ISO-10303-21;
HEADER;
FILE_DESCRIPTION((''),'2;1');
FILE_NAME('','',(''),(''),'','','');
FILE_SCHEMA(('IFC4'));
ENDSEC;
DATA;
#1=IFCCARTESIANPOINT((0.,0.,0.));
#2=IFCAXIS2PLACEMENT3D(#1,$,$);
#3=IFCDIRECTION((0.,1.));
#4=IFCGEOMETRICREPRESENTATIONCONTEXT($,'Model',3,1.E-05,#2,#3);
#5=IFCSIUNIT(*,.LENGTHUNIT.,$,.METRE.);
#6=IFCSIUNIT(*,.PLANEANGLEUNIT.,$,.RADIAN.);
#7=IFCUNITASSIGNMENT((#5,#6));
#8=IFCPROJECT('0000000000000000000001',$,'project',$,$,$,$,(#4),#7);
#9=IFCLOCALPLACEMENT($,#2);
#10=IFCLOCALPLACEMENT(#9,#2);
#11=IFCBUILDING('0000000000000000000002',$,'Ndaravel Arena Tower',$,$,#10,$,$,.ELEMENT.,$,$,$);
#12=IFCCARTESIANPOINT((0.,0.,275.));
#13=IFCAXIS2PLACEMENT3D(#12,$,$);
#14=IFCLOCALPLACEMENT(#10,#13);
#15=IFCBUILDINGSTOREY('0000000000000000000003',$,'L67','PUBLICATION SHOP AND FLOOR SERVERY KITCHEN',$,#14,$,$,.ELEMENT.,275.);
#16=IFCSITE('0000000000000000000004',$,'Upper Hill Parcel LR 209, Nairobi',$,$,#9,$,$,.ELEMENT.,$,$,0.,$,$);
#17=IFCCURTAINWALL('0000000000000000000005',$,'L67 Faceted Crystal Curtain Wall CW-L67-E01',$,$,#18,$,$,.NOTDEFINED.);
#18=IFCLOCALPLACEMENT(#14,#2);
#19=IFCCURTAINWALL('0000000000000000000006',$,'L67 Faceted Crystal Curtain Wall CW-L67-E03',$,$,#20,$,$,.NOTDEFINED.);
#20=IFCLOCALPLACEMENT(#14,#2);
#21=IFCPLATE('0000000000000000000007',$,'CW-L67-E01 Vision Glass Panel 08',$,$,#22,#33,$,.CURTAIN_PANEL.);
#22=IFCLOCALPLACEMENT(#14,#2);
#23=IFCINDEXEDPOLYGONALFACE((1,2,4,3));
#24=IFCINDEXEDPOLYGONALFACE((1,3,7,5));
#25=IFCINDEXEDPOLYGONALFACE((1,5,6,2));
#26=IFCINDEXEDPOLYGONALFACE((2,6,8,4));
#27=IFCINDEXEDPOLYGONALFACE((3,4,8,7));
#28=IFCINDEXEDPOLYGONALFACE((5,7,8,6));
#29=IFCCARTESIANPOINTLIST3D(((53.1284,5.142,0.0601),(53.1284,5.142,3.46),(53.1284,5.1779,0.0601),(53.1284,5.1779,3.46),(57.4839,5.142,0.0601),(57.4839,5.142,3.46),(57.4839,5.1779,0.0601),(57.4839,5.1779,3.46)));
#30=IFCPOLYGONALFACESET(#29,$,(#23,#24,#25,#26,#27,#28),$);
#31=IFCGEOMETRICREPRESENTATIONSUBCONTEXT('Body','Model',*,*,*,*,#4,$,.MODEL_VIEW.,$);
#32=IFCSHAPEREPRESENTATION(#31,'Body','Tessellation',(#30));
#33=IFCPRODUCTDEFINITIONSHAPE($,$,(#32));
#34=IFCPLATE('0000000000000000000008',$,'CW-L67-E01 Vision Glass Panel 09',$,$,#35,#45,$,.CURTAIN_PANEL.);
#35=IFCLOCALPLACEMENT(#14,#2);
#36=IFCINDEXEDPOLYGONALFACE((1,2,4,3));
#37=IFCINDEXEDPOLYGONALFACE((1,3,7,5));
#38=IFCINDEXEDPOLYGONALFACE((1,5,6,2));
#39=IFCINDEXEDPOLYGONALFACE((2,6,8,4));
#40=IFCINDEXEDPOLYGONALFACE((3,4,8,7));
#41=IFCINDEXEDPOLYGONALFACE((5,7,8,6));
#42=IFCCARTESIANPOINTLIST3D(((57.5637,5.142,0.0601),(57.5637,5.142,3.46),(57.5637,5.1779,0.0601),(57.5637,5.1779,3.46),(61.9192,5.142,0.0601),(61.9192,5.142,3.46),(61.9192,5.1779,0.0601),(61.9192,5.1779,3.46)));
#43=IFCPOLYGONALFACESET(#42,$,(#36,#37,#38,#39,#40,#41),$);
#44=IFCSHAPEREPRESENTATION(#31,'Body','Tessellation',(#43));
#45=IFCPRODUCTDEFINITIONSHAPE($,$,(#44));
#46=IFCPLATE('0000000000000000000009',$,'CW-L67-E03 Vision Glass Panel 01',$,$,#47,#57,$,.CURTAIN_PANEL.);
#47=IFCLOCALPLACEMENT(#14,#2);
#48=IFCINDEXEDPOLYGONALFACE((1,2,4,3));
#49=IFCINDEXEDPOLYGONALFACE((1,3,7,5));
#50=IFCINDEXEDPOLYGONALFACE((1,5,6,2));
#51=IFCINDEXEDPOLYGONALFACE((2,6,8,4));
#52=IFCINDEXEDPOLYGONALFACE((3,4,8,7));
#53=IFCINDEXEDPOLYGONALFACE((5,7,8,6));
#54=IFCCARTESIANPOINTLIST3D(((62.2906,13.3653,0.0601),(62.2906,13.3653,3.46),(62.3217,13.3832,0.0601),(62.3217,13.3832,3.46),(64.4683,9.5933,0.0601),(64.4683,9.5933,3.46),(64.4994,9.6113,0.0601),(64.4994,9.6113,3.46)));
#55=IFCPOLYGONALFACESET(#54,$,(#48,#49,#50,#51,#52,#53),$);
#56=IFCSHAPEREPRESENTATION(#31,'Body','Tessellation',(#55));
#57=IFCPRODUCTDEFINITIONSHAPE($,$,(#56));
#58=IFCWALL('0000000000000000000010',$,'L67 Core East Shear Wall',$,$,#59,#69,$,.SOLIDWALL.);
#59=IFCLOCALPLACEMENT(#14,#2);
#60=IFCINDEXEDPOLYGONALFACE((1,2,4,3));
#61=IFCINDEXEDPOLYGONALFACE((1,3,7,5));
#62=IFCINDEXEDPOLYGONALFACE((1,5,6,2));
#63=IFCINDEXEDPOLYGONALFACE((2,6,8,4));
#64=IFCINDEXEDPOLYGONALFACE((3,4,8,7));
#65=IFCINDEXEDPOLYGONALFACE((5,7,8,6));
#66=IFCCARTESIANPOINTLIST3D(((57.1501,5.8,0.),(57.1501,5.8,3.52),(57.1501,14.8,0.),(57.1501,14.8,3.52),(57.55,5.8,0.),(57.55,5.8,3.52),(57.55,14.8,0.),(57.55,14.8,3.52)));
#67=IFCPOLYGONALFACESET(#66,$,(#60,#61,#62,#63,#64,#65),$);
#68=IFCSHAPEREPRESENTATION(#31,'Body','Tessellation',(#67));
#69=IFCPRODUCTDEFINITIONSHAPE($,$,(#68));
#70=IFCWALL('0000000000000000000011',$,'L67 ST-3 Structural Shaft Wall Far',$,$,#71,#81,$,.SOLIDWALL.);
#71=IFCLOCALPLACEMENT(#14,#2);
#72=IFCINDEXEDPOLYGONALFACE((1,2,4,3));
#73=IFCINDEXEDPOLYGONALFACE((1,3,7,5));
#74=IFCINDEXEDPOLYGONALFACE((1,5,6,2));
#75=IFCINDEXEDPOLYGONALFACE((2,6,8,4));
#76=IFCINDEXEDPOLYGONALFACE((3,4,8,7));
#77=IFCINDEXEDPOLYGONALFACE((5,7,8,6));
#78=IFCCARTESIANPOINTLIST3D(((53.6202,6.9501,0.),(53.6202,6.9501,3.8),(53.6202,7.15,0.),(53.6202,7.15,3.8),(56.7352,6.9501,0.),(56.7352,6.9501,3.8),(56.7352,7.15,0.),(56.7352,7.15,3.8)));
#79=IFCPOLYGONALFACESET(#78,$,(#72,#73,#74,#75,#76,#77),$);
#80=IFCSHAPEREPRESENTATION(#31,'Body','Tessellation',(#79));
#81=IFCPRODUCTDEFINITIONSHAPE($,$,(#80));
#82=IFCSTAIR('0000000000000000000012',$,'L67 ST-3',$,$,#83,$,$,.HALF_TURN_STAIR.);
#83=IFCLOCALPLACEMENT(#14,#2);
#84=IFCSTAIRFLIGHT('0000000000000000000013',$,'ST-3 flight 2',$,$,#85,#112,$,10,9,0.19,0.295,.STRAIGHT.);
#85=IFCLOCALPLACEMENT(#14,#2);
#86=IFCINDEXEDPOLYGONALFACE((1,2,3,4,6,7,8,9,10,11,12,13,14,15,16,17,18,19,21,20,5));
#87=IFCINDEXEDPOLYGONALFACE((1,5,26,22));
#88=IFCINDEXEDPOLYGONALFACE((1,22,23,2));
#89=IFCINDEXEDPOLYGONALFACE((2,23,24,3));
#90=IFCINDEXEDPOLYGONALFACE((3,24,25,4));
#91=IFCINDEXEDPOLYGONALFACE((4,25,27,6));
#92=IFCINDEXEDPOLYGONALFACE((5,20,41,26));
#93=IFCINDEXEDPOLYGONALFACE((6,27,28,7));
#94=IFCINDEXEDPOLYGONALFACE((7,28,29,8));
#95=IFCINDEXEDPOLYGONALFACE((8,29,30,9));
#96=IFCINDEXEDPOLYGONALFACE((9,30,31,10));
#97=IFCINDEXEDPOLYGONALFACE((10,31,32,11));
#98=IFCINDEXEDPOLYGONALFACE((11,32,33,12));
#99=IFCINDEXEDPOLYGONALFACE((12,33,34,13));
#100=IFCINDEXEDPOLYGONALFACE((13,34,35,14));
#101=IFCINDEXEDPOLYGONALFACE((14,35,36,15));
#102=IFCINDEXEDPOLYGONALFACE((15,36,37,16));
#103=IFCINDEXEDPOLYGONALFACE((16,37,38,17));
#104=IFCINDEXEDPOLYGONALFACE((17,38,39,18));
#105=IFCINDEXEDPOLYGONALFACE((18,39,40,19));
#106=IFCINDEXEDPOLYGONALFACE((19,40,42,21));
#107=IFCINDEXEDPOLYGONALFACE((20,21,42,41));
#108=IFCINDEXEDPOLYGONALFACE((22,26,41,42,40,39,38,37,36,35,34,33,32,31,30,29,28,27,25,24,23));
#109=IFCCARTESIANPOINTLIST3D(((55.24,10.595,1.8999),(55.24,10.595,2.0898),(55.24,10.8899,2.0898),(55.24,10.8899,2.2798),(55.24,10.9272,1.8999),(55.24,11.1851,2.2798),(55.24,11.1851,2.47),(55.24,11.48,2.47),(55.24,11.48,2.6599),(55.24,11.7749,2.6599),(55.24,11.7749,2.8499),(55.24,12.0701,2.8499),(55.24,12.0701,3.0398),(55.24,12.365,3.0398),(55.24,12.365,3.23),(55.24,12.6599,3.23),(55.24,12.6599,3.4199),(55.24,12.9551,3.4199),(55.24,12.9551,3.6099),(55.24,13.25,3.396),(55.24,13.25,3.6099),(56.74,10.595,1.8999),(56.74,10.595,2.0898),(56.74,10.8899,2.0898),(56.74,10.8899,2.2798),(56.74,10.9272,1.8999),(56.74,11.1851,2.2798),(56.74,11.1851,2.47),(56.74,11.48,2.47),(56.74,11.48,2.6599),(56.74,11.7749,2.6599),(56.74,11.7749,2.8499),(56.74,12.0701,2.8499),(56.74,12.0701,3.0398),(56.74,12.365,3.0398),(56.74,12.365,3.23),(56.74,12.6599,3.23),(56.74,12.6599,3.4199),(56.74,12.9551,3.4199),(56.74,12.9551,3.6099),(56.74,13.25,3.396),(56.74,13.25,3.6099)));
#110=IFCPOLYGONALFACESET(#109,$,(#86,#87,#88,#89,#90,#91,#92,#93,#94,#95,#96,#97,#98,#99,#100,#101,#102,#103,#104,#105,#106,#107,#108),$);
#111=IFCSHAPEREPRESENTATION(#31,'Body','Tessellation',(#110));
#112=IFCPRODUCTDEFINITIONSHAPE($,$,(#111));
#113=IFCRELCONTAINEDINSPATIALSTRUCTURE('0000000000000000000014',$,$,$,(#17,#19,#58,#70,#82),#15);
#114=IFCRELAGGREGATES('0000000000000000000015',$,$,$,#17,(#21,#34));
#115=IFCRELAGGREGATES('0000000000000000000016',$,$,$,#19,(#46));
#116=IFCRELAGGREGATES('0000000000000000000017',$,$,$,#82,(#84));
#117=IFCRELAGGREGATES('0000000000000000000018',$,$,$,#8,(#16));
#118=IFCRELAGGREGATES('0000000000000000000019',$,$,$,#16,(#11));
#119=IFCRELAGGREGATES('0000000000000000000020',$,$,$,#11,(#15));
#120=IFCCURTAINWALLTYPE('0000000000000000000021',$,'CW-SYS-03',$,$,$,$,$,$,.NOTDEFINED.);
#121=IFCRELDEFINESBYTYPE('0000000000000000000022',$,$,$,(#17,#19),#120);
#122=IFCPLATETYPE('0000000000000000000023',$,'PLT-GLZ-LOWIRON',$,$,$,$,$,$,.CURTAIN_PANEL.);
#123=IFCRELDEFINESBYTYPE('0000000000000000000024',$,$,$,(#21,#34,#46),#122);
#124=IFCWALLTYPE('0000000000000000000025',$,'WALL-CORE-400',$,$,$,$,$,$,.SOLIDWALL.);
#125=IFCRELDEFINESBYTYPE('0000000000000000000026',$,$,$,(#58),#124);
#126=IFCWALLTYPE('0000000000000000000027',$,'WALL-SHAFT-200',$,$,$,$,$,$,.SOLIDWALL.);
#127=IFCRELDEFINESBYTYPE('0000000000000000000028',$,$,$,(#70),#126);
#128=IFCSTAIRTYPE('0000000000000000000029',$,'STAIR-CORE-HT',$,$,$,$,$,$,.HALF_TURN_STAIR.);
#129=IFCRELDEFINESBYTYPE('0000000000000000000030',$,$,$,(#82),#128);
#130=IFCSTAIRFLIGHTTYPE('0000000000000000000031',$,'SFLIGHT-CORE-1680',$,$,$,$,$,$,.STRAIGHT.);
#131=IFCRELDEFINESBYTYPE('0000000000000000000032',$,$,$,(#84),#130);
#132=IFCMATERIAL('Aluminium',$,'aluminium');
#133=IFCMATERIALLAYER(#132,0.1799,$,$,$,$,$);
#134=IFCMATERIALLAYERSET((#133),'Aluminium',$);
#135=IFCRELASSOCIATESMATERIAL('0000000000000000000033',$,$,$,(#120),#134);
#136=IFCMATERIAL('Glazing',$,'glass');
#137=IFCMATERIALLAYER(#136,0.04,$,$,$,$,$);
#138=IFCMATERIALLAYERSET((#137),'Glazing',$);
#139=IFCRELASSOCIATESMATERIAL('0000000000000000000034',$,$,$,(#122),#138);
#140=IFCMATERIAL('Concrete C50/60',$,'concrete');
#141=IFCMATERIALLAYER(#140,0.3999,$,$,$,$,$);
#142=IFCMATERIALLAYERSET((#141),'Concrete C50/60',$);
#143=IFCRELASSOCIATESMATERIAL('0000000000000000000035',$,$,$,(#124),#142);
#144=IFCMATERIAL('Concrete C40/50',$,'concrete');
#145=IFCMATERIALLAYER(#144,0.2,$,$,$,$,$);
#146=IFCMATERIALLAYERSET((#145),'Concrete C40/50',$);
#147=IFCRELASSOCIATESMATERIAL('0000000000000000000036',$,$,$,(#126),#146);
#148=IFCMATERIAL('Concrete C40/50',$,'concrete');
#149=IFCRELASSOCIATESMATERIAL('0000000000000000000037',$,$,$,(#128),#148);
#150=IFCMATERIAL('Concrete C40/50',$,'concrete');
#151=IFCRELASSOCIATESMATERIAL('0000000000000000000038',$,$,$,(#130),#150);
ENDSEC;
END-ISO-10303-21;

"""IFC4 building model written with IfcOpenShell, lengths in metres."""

from ifc_helpers import new_model, si_unit, direction, frame, frame_2d, origin, origin_2d, place, context, subcontext, project, spatial, polyline, rectangle, outline, extrude, material, layer, layer_set, type_object, element, aggregate, save


model = new_model("IFC4")

# Units and contexts
model_context = context("Model", 3, precision=1e-05, world=origin(), true_north=direction((0.0, 1.0)))
body_context = subcontext(model_context, "Body", "Model", "MODEL_VIEW")
ifc_project = project(units=[si_unit("LENGTHUNIT", "METRE"), si_unit("PLANEANGLEUNIT", "RADIAN")], contexts=[model_context])

# Site, building, storey
site_placement = place(None, origin())
site = spatial("IfcSite", under=ifc_project, at=site_placement, Name="Upper Hill Parcel LR 209, Nairobi", CompositionType="ELEMENT", RefElevation=0.0)
building_placement = place(site_placement, origin())
building = spatial("IfcBuilding", under=site, at=building_placement, Name="Ndaravel Arena Tower", CompositionType="ELEMENT")
storey_placement = place(building_placement, frame((0.0, 0.0, 275.0)))
storey = spatial("IfcBuildingStorey", under=building, at=storey_placement, Name="L67", Description="PUBLICATION SHOP AND FLOOR SERVERY KITCHEN", CompositionType="ELEMENT", Elevation=275.0)

# Curtain walls
ifc_material_1 = material(Name="Aluminium", Category="aluminium")
ifc_layer_1 = layer(ifc_material_1, 0.1799)
ifc_layer_set_1 = layer_set([ifc_layer_1], Name="Aluminium")
curtain_wall_type_1 = type_object("IfcCurtainWallType", Name="CW-SYS-03", PredefinedType="NOTDEFINED", material=ifc_layer_set_1)
curtain_wall_1_placement = place(storey_placement, origin())
curtain_wall_1 = element("IfcCurtainWall", 1, at=curtain_wall_1_placement, inside=storey, type_object=curtain_wall_type_1, Name="L67 Faceted Crystal Curtain Wall CW-L67-E01", PredefinedType="NOTDEFINED")
curtain_wall_2_placement = place(storey_placement, origin())
curtain_wall_2 = element("IfcCurtainWall", 2, at=curtain_wall_2_placement, inside=storey, type_object=curtain_wall_type_1, Name="L67 Faceted Crystal Curtain Wall CW-L67-E03", PredefinedType="NOTDEFINED")

# Plates
ifc_material_2 = material(Name="Glazing", Category="glass")
ifc_layer_2 = layer(ifc_material_2, 0.04)
ifc_layer_set_2 = layer_set([ifc_layer_2], Name="Glazing")
plate_type_1 = type_object("IfcPlateType", Name="PLT-GLZ-LOWIRON", PredefinedType="CURTAIN_PANEL", material=ifc_layer_set_2)
plate_1_placement = place(storey_placement, frame((55.3062, 5.1599, 0.0601), z_axis=(0.0, 0.0, 1.0), x_axis=(1.0, 0.0, 0.0)))
plate_1 = element("IfcPlate", 3, at=plate_1_placement, type_object=plate_type_1, Name="CW-L67-E01 Vision Glass Panel 08", PredefinedType="CURTAIN_PANEL", context=body_context, shape_type="SweptSolid", body=[
    extrude(rectangle(XDim=4.3555, YDim=0.0359, at=origin_2d()), origin(), (0.0, 0.0, 1.0), 3.3999),
])
plate_2_placement = place(storey_placement, frame((59.7415, 5.1599, 0.0601), z_axis=(0.0, 0.0, 1.0), x_axis=(1.0, 0.0, 0.0)))
plate_2 = element("IfcPlate", 4, at=plate_2_placement, type_object=plate_type_1, Name="CW-L67-E01 Vision Glass Panel 09", PredefinedType="CURTAIN_PANEL", context=body_context, shape_type="SweptSolid", body=[
    extrude(rectangle(XDim=4.3555, YDim=0.0359, at=origin_2d()), origin(), (0.0, 0.0, 1.0), 3.3999),
])
aggregate(curtain_wall_1, [plate_1, plate_2])
plate_3_placement = place(storey_placement, frame((63.395, 11.4883, 0.0601), z_axis=(0.0, 0.0, 1.0), x_axis=(-0.5, 0.866025, 0.0)))
plate_3 = element("IfcPlate", 5, at=plate_3_placement, type_object=plate_type_1, Name="CW-L67-E03 Vision Glass Panel 01", PredefinedType="CURTAIN_PANEL", context=body_context, shape_type="SweptSolid", body=[
    extrude(rectangle(XDim=4.3555, YDim=0.0359, at=origin_2d()), origin(), (0.0, 0.0, 1.0), 3.3999),
])
aggregate(curtain_wall_2, [plate_3])

# Walls
ifc_material_3 = material(Name="Concrete C50/60", Category="concrete")
ifc_layer_3 = layer(ifc_material_3, 0.3999)
ifc_layer_set_3 = layer_set([ifc_layer_3], Name="Concrete C50/60")
wall_type_1 = type_object("IfcWallType", Name="WALL-CORE-400", PredefinedType="SOLIDWALL", material=ifc_layer_set_3)
wall_1_placement = place(storey_placement, frame((57.3501, 5.8, 0.0), z_axis=(0.0, 0.0, 1.0), x_axis=(0.0, 1.0, 0.0)))
element("IfcWall", 6, at=wall_1_placement, inside=storey, type_object=wall_type_1, Name="L67 Core East Shear Wall", PredefinedType="SOLIDWALL", context=body_context, shape_type="SweptSolid", body=[
    extrude(rectangle(XDim=9.0, YDim=0.3999, at=frame_2d((4.5, 0.0))), origin(), (0.0, 0.0, 1.0), 3.52),
])
ifc_material_4 = material(Name="Concrete C40/50", Category="concrete")
ifc_layer_4 = layer(ifc_material_4, 0.2)
ifc_layer_set_4 = layer_set([ifc_layer_4], Name="Concrete C40/50")
wall_type_2 = type_object("IfcWallType", Name="WALL-SHAFT-200", PredefinedType="SOLIDWALL", material=ifc_layer_set_4)
wall_2_placement = place(storey_placement, frame((53.6201, 7.05, 0.0), z_axis=(0.0, 0.0, 1.0), x_axis=(1.0, 0.0, 0.0)))
element("IfcWall", 7, at=wall_2_placement, inside=storey, type_object=wall_type_2, Name="L67 ST-3 Structural Shaft Wall Far", PredefinedType="SOLIDWALL", context=body_context, shape_type="SweptSolid", body=[
    extrude(rectangle(XDim=3.115, YDim=0.2, at=frame_2d((1.5576, 0.0))), origin(), (0.0, 0.0, 1.0), 3.8),
])

# Stair, stair flight
ifc_material_5 = material(Name="Concrete C40/50", Category="concrete")
stair_type = type_object("IfcStairType", Name="STAIR-CORE-HT", PredefinedType="HALF_TURN_STAIR", material=ifc_material_5)
stair_placement = place(storey_placement, origin())
stair = element("IfcStair", 8, at=stair_placement, inside=storey, type_object=stair_type, Name="L67 ST-3", PredefinedType="HALF_TURN_STAIR")
ifc_material_6 = material(Name="Concrete C40/50", Category="concrete")
stair_flight_type = type_object("IfcStairFlightType", Name="SFLIGHT-CORE-1680", PredefinedType="STRAIGHT", material=ifc_material_6)
stair_flight_placement = place(storey_placement, frame((55.99, 10.595, 1.8999), z_axis=(0.0, 0.0, 1.0), x_axis=(0.0, 1.0, 0.0)))
stair_flight = element("IfcStairFlight", 9, at=stair_flight_placement, type_object=stair_flight_type, Name="ST-3 flight 2", NumberOfRisers=10, NumberOfTreads=9, PredefinedType="STRAIGHT", RiserHeight=0.19, TreadLength=0.295, context=body_context, shape_type="SweptSolid", body=[
    extrude(outline(polyline([(0.0, 0.0), (0.0, 0.1899), (0.2949, 0.1899), (0.2949, 0.3799), (0.5901, 0.3799), (0.5901, 0.5701), (0.885, 0.5701), (0.885, 0.76), (1.1799, 0.76), (1.1799, 0.95), (1.4751, 0.95), (1.4751, 1.1399), (1.77, 1.1399), (1.77, 1.3301), (2.0649, 1.3301), (2.0649, 1.52), (2.3601, 1.52), (2.3601, 1.71), (2.655, 1.71), (2.655, 1.8999), (2.655, 1.4961), (0.3323, 0.0), (0.0, 0.0)])), frame((0.0, 0.75, 0.0), z_axis=(0.0, -1.0, 0.0), x_axis=(1.0, 0.0, 0.0)), (0.0, 0.0, 1.0), 1.5),
])
aggregate(stair, [stair_flight])

save(model, "model.ifc")
